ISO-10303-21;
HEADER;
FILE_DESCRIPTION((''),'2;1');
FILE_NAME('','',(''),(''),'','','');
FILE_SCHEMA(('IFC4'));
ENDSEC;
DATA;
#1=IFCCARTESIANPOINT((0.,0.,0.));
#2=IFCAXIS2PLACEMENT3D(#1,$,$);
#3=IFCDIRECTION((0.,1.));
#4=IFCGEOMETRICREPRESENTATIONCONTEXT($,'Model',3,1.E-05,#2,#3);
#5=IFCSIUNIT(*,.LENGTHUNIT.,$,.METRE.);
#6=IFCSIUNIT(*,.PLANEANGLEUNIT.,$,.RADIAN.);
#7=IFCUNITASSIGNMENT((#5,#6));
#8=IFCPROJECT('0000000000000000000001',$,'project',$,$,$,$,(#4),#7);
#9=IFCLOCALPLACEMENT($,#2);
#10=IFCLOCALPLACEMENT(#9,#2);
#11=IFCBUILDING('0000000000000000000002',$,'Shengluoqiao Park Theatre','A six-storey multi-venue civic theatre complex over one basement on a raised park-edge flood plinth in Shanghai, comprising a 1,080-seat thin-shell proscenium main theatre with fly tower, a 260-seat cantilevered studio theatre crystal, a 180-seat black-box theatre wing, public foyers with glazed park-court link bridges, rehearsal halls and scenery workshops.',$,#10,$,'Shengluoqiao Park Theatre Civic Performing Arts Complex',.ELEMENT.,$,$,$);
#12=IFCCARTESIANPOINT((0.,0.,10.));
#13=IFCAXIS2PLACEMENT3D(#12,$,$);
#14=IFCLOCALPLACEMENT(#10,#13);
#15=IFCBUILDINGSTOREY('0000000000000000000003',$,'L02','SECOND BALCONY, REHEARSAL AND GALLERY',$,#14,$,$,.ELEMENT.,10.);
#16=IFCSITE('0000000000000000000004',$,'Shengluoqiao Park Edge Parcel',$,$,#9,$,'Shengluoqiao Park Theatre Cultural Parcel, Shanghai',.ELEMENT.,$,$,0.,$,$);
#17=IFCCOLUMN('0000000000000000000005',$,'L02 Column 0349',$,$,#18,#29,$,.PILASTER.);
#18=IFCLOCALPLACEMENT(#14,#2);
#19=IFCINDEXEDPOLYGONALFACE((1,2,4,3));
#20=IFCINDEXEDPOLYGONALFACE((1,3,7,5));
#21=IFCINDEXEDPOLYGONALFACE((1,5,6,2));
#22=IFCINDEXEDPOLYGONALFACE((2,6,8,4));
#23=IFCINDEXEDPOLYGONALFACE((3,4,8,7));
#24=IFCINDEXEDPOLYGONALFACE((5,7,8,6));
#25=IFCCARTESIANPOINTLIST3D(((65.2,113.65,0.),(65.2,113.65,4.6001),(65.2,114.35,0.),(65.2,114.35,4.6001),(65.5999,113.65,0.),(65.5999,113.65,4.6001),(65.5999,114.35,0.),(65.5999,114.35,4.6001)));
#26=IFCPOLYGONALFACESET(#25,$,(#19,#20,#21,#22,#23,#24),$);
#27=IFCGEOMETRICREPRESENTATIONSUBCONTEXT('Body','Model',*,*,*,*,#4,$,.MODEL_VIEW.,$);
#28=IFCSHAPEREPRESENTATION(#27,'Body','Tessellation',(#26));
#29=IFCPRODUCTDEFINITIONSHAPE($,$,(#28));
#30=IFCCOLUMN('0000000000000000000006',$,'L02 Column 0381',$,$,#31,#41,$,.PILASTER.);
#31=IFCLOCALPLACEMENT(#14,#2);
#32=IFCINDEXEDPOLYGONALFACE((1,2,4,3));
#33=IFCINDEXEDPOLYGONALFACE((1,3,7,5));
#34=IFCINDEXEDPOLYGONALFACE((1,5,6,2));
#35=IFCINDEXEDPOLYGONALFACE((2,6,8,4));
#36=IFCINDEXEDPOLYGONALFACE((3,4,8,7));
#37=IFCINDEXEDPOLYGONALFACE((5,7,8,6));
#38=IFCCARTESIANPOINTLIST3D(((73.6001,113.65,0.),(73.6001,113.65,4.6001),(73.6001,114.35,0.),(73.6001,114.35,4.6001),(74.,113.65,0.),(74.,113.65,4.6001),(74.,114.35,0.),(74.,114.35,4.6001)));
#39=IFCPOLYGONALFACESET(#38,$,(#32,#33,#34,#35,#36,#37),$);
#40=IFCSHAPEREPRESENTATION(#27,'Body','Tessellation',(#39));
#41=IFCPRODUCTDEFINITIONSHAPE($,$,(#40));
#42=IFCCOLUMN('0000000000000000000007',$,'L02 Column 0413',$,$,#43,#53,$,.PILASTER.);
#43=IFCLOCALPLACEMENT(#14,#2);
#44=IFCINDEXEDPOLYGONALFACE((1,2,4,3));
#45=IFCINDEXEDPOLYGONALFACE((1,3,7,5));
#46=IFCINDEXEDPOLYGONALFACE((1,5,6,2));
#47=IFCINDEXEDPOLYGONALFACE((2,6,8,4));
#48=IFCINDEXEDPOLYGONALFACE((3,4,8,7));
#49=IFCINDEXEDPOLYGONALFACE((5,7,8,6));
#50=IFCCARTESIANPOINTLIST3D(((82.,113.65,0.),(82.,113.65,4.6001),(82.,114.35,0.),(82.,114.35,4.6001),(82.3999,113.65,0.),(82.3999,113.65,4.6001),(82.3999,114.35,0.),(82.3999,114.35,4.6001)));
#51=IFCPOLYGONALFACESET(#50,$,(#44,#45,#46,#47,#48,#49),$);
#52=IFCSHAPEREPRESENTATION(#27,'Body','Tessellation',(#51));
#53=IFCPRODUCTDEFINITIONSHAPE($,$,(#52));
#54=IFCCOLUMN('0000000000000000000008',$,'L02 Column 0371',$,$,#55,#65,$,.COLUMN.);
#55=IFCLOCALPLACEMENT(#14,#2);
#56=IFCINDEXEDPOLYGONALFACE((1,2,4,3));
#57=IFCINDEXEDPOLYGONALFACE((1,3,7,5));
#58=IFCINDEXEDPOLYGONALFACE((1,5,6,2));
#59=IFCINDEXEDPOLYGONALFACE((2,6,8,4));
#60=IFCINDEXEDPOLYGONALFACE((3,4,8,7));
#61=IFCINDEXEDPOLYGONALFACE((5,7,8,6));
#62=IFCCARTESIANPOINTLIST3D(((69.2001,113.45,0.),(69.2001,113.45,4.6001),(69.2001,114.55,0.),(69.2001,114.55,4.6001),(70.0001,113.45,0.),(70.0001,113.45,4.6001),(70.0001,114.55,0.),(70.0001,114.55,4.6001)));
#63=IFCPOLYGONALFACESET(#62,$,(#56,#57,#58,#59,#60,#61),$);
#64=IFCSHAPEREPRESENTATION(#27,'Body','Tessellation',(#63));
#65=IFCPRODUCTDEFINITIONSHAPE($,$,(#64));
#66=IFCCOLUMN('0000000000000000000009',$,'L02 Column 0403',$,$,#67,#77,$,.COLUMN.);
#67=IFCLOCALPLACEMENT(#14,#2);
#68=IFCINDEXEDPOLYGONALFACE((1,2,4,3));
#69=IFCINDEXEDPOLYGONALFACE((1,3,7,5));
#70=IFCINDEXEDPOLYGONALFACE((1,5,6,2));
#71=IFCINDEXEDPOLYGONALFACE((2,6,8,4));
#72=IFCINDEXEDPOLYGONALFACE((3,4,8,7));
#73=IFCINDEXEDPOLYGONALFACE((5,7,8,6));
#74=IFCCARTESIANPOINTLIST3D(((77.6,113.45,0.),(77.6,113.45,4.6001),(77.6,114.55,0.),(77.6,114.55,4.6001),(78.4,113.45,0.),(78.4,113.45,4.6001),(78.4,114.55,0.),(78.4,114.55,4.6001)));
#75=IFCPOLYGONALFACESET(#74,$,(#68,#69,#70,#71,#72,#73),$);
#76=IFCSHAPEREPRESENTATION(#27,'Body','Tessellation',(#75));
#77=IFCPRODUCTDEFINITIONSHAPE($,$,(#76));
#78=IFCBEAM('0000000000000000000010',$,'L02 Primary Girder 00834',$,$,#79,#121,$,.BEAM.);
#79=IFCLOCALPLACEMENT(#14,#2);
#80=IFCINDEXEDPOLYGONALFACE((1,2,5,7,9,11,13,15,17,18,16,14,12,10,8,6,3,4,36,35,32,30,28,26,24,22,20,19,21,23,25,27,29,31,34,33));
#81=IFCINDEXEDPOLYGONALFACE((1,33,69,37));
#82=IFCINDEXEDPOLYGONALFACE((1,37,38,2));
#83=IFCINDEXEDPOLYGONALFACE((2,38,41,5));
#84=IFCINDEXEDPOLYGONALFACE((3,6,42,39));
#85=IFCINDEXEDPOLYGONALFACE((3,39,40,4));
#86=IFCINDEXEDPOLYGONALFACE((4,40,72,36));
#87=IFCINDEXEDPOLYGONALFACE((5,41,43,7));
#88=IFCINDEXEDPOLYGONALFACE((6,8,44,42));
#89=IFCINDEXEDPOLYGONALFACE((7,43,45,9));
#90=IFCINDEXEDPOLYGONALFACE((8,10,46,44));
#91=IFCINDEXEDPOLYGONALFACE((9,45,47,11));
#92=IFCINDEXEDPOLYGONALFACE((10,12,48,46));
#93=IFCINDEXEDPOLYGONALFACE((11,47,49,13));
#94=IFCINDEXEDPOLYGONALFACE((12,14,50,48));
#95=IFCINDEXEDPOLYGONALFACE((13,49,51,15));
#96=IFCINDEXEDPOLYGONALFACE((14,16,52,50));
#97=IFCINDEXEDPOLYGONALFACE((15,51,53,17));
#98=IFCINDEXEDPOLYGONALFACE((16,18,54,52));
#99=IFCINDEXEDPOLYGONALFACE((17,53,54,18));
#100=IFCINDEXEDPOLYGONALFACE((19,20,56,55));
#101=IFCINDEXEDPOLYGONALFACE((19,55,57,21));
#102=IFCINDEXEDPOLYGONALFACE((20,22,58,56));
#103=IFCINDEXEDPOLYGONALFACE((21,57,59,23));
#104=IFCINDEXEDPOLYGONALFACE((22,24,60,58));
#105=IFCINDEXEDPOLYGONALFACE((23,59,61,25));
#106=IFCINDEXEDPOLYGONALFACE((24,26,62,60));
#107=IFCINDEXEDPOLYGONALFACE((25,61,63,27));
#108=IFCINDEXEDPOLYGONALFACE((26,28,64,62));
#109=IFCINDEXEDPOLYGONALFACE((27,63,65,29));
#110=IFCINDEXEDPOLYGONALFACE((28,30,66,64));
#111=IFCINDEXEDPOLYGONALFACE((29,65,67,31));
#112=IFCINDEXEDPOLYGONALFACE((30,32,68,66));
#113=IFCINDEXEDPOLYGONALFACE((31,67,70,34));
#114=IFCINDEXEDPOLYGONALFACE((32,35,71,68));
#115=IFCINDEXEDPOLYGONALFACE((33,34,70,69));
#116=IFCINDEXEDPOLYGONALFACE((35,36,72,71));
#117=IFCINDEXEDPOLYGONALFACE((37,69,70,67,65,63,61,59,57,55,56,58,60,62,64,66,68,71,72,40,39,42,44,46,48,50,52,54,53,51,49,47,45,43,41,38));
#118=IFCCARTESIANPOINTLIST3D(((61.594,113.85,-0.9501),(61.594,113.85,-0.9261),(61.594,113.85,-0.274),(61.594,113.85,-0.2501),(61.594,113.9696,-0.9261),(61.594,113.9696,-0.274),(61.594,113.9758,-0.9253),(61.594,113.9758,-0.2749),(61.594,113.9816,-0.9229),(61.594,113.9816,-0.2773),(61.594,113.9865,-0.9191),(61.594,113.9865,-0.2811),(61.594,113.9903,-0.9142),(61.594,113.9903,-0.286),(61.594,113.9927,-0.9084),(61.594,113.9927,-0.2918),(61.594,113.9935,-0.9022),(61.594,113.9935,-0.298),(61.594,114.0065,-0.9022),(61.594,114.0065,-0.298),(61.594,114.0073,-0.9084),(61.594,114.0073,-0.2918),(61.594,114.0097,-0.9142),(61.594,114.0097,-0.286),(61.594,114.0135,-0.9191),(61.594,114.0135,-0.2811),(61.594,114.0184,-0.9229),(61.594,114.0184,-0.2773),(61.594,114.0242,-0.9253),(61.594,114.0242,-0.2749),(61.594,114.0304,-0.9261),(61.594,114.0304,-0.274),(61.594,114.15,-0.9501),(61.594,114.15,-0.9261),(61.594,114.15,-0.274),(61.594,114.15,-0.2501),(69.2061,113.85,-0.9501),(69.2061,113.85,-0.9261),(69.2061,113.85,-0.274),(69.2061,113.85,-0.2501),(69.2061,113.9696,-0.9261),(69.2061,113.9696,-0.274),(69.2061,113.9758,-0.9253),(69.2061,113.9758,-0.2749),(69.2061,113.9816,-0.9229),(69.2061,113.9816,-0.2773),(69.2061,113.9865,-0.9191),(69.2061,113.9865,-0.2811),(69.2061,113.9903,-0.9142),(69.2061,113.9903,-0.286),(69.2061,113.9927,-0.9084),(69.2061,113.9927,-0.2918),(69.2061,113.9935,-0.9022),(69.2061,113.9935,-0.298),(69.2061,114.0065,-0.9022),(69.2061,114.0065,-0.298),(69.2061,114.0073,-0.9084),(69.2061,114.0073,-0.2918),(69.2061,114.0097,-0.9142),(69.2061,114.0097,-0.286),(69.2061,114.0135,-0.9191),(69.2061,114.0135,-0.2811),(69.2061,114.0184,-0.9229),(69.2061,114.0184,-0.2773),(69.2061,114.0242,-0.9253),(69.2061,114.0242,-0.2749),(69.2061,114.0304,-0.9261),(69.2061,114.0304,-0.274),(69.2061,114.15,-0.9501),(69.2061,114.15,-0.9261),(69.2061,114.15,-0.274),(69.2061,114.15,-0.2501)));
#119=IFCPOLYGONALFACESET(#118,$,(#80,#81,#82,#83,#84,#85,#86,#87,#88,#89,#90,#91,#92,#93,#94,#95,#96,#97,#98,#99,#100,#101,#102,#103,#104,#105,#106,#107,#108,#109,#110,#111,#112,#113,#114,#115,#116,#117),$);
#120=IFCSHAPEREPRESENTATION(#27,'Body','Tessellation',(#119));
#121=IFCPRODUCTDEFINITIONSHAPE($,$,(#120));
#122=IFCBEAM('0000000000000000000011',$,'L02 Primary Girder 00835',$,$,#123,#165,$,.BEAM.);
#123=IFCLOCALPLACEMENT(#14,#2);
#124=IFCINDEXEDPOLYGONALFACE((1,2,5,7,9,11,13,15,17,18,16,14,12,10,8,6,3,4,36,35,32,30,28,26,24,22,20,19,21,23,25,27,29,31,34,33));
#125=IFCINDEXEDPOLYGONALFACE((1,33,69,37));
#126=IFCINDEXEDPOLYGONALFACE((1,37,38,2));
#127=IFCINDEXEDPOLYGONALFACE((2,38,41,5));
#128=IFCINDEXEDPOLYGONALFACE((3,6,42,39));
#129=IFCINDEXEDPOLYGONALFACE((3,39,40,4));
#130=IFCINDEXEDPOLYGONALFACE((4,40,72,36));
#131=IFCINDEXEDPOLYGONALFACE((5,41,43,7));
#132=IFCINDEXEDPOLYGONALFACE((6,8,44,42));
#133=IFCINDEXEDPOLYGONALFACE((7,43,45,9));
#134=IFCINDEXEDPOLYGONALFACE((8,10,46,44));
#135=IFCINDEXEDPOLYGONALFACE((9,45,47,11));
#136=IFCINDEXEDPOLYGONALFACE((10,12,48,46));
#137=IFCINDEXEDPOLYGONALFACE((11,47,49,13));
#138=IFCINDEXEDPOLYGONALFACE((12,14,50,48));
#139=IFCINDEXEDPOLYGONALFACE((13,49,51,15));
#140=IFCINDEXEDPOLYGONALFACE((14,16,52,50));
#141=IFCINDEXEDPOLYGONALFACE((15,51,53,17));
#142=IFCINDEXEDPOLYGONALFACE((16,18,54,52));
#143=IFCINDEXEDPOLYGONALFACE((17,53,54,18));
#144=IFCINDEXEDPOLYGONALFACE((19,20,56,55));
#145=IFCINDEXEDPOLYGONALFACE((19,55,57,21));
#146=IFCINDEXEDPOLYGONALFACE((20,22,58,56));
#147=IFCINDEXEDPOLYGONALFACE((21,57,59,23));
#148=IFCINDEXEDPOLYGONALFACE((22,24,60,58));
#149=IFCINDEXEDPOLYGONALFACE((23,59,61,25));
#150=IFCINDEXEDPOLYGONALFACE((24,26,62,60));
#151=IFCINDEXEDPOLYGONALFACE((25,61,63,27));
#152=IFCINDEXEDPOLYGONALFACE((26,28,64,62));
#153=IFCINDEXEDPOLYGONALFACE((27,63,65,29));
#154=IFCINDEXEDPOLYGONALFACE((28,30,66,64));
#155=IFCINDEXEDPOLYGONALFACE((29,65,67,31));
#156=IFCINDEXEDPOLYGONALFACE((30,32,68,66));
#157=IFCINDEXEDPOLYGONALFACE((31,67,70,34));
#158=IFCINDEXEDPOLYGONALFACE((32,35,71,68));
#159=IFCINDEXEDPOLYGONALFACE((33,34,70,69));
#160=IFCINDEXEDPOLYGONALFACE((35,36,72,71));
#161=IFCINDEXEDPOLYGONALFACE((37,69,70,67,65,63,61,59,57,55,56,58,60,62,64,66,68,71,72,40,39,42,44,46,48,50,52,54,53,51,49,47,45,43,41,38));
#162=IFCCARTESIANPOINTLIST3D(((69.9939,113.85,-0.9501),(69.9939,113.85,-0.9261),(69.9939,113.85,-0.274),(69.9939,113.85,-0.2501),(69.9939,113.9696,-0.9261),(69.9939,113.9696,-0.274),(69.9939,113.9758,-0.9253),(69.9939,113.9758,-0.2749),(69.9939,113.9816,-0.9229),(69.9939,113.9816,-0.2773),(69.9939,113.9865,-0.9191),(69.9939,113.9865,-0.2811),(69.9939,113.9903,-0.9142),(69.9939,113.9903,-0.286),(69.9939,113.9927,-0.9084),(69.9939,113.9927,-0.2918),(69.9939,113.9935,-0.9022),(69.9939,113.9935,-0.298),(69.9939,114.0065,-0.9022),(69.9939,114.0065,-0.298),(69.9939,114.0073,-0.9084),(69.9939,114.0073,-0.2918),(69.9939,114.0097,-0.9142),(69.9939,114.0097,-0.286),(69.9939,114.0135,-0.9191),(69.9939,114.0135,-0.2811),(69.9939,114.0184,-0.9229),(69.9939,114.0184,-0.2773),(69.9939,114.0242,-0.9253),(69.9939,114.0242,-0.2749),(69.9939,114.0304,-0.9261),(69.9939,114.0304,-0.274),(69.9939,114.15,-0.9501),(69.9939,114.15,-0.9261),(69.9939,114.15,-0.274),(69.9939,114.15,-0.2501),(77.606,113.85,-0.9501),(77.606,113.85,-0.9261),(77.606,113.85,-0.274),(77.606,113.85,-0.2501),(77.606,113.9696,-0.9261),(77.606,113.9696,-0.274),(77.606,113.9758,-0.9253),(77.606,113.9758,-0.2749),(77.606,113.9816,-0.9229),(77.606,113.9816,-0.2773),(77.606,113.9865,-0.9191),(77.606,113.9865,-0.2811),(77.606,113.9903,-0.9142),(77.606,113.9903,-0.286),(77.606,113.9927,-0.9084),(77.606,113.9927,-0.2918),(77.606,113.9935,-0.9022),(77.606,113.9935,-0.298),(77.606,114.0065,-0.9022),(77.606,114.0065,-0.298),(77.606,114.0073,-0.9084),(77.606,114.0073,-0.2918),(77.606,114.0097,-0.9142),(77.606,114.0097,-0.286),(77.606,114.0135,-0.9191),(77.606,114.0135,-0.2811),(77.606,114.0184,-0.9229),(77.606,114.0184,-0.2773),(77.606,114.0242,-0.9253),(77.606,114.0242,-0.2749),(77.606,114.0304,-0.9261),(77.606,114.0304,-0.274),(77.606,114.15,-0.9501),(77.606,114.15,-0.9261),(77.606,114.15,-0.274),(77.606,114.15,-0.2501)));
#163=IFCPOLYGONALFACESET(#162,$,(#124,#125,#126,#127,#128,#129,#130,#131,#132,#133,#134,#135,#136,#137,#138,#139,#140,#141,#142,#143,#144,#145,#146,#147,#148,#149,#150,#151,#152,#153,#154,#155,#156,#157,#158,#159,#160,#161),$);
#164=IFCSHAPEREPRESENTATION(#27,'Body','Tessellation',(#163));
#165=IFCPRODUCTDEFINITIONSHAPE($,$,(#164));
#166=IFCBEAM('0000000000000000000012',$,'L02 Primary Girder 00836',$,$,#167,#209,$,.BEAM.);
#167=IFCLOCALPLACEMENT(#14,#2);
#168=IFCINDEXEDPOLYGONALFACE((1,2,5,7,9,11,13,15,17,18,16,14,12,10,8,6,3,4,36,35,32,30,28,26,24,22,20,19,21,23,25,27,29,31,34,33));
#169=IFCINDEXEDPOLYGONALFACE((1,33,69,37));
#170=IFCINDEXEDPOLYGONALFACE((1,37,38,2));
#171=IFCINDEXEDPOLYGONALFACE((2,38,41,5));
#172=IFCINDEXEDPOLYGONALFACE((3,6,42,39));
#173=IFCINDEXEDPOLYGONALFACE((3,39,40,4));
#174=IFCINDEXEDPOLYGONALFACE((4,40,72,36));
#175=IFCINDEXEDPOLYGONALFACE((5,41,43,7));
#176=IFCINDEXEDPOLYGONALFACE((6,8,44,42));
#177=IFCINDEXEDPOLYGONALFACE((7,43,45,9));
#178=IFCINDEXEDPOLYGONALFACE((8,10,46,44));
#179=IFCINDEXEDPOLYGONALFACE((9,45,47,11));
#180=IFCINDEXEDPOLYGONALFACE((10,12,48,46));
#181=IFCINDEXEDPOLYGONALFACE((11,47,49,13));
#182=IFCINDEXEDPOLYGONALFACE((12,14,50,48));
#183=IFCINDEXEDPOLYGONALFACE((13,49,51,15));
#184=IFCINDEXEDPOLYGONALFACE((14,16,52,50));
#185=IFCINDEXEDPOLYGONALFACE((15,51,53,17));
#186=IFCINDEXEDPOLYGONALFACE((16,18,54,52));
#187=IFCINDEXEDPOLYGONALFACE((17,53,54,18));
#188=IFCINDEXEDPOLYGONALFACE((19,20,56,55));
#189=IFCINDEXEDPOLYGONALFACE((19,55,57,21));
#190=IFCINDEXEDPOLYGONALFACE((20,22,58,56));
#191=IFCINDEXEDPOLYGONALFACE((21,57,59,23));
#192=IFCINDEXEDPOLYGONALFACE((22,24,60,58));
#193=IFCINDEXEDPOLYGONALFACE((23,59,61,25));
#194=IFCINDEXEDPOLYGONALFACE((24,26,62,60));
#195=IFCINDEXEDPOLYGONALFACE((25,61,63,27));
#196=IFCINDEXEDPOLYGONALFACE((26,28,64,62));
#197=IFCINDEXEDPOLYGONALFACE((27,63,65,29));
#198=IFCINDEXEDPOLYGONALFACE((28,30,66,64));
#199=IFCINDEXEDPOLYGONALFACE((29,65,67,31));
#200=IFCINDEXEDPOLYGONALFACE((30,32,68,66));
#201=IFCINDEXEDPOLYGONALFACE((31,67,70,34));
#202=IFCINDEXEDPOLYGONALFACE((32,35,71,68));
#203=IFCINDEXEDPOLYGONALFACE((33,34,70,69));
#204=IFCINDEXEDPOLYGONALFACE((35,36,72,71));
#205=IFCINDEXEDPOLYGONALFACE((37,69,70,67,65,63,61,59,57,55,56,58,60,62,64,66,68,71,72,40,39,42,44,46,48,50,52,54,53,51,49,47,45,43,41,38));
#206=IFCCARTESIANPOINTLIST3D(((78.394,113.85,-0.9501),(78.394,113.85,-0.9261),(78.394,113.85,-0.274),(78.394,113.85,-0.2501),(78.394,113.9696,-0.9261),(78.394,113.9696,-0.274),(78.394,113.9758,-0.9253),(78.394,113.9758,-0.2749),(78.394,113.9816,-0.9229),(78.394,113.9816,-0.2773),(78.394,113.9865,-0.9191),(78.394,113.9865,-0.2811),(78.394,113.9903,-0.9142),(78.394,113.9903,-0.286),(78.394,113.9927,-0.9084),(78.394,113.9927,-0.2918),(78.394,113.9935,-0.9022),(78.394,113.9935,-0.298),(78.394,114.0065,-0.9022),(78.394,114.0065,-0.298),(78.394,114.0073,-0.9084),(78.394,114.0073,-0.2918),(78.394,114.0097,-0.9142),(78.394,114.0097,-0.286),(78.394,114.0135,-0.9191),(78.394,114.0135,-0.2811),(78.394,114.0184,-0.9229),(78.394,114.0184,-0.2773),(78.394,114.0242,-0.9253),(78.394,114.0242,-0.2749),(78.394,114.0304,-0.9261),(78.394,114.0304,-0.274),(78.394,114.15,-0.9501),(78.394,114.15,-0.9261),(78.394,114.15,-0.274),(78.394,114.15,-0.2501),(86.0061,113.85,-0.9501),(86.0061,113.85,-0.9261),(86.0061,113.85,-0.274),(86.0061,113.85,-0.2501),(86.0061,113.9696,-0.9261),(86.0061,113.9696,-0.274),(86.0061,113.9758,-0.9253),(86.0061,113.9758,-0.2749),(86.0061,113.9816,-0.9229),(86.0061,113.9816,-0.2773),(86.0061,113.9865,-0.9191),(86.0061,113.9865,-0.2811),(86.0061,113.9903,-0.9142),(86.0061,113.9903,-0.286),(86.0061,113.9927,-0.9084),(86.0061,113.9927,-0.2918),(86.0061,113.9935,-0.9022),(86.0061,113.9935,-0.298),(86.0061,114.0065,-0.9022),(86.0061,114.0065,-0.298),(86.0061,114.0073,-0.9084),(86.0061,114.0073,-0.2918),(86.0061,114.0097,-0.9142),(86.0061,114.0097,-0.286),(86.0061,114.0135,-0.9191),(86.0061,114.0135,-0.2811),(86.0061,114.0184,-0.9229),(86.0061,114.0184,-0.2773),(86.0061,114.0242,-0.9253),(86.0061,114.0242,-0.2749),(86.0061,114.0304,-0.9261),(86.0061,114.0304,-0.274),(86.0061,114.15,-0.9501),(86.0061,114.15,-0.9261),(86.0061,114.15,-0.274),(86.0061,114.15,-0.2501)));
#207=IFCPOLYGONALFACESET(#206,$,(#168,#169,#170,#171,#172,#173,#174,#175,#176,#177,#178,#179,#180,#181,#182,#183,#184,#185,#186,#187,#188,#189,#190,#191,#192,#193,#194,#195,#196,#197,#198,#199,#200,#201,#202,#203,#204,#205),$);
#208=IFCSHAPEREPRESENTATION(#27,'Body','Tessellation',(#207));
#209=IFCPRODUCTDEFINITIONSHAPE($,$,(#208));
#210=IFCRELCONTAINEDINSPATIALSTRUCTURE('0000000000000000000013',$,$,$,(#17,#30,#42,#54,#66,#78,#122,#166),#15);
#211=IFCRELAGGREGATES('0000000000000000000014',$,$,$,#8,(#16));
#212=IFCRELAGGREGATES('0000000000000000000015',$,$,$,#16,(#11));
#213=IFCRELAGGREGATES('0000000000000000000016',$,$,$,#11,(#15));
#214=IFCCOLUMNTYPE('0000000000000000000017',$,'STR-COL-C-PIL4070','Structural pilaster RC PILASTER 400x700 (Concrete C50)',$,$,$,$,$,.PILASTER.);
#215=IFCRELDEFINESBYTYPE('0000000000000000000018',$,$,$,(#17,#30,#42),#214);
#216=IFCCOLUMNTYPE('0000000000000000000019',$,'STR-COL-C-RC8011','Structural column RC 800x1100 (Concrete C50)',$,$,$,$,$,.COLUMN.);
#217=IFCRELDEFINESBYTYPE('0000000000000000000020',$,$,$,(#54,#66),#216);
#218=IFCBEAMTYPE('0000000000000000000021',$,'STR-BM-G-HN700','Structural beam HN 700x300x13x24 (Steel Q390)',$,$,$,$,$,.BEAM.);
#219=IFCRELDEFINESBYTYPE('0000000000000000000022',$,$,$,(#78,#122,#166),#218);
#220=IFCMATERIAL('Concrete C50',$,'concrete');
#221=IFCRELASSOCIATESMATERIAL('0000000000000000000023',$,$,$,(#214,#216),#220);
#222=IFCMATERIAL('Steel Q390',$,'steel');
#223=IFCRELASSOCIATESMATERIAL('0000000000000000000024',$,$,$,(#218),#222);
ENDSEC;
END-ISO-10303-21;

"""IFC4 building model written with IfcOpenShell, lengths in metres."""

from ifc_helpers import new_model, si_unit, direction, frame, origin, origin_2d, place, context, subcontext, project, spatial, rectangle, i_section, extrude, material, material_profile, profile_set, type_object, element, save


model = new_model("IFC4")

# Units and contexts
model_context = context("Model", 3, precision=1e-05, world=origin(), true_north=direction((0.0, 1.0)))
body_context = subcontext(model_context, "Body", "Model", "MODEL_VIEW")
ifc_project = project(units=[si_unit("LENGTHUNIT", "METRE"), si_unit("PLANEANGLEUNIT", "RADIAN")], contexts=[model_context])

# Site, building, storey
site_placement = place(None, origin())
site = spatial("IfcSite", under=ifc_project, at=site_placement, Name="Shengluoqiao Park Edge Parcel", LongName="Shengluoqiao Park Theatre Cultural Parcel, Shanghai", CompositionType="ELEMENT", RefElevation=0.0)
building_placement = place(site_placement, origin())
building = spatial("IfcBuilding", under=site, at=building_placement, Name="Shengluoqiao Park Theatre", Description="A six-storey multi-venue civic theatre complex over one basement on a raised park-edge flood plinth in Shanghai, comprising a 1,080-seat thin-shell proscenium main theatre with fly tower, a 260-seat cantilevered studio theatre crystal, a 180-seat black-box theatre wing, public foyers with glazed park-court link bridges, rehearsal halls and scenery workshops.", LongName="Shengluoqiao Park Theatre Civic Performing Arts Complex", CompositionType="ELEMENT")
storey_placement = place(building_placement, frame((0.0, 0.0, 10.0)))
storey = spatial("IfcBuildingStorey", under=building, at=storey_placement, Name="L02", Description="SECOND BALCONY, REHEARSAL AND GALLERY", CompositionType="ELEMENT", Elevation=10.0)

# Columns
ifc_material_1 = material(Name="Concrete C50", Category="concrete")
ifc_material_profile_1 = material_profile(ifc_material_1, rectangle(XDim=0.3999, YDim=0.7, at=origin_2d()), Name="RC PILASTER 400x700")
ifc_profile_set_1 = profile_set([ifc_material_profile_1], Name="Concrete C50")
column_type_1 = type_object("IfcColumnType", Name="STR-COL-C-PIL4070", Description="Structural pilaster RC PILASTER 400x700 (Concrete C50)", PredefinedType="PILASTER", material=ifc_profile_set_1)
for number, where, z_axis, x_axis, name in (
    (1, (65.3999, 114.0, 0.0), (0.0, 0.0, 1.0), (1.0, 0.0, 0.0), "L02 Column 0349"),
    (2, (73.8, 114.0, 0.0), (0.0, 0.0, 1.0), (1.0, 0.0, 0.0), "L02 Column 0381"),
    (3, (82.2, 114.0, 0.0), (0.0, 0.0, 1.0), (1.0, 0.0, 0.0), "L02 Column 0413"),
):
    element("IfcColumn", number, at=place(storey_placement, frame(where, z_axis=z_axis, x_axis=x_axis)), inside=storey, type_object=column_type_1, Name=name, PredefinedType="PILASTER", context=body_context, shape_type="SweptSolid", body=[
        extrude(rectangle(XDim=0.3999, YDim=0.7, at=origin_2d()), origin(), (0.0, 0.0, 1.0), 4.6001),
    ])
ifc_material_profile_2 = material_profile(ifc_material_1, rectangle(XDim=0.8, YDim=1.1001, at=origin_2d()), Name="RC 800x1100")
ifc_profile_set_2 = profile_set([ifc_material_profile_2], Name="Concrete C50")
column_type_2 = type_object("IfcColumnType", Name="STR-COL-C-RC8011", Description="Structural column RC 800x1100 (Concrete C50)", PredefinedType="COLUMN", material=ifc_profile_set_2)
for number, where, z_axis, x_axis, name in (
    (4, (69.6001, 114.0, 0.0), (0.0, 0.0, 1.0), (1.0, 0.0, 0.0), "L02 Column 0371"),
    (5, (78.0, 114.0, 0.0), (0.0, 0.0, 1.0), (1.0, 0.0, 0.0), "L02 Column 0403"),
):
    element("IfcColumn", number, at=place(storey_placement, frame(where, z_axis=z_axis, x_axis=x_axis)), inside=storey, type_object=column_type_2, Name=name, PredefinedType="COLUMN", context=body_context, shape_type="SweptSolid", body=[
        extrude(rectangle(XDim=0.8, YDim=1.1001, at=origin_2d()), origin(), (0.0, 0.0, 1.0), 4.6001),
    ])

# Beams
ifc_material_2 = material(Name="Steel Q390", Category="steel")
ifc_material_profile_3 = material_profile(ifc_material_2, i_section(OverallWidth=0.3, OverallDepth=0.7, WebThickness=0.0129, FlangeThickness=0.0239, FilletRadius=0.0239, at=origin_2d()), Name="HN 700x300x13x24")
ifc_profile_set_3 = profile_set([ifc_material_profile_3], Name="Steel Q390")
beam_type = type_object("IfcBeamType", Name="STR-BM-G-HN700", Description="Structural beam HN 700x300x13x24 (Steel Q390)", PredefinedType="BEAM", material=ifc_profile_set_3)
for number, where, z_axis, x_axis, name in (
    (6, (61.594, 114.0, -0.6001), (1.0, 0.0, 0.0), (0.0, 1.0, 0.0), "L02 Primary Girder 00834"),
    (7, (69.9939, 114.0, -0.6001), (1.0, 0.0, 0.0), (0.0, 1.0, 0.0), "L02 Primary Girder 00835"),
    (8, (78.394, 114.0, -0.6001), (1.0, 0.0, 0.0), (0.0, 1.0, 0.0), "L02 Primary Girder 00836"),
):
    element("IfcBeam", number, at=place(storey_placement, frame(where, z_axis=z_axis, x_axis=x_axis)), inside=storey, type_object=beam_type, Name=name, PredefinedType="BEAM", context=body_context, shape_type="SweptSolid", body=[
        extrude(i_section(OverallWidth=0.3, OverallDepth=0.7, WebThickness=0.0129, FlangeThickness=0.0239, FilletRadius=0.0239, at=origin_2d()), origin(), (0.0, 0.0, 1.0), 7.6121),
    ])

save(model, "model.ifc")
